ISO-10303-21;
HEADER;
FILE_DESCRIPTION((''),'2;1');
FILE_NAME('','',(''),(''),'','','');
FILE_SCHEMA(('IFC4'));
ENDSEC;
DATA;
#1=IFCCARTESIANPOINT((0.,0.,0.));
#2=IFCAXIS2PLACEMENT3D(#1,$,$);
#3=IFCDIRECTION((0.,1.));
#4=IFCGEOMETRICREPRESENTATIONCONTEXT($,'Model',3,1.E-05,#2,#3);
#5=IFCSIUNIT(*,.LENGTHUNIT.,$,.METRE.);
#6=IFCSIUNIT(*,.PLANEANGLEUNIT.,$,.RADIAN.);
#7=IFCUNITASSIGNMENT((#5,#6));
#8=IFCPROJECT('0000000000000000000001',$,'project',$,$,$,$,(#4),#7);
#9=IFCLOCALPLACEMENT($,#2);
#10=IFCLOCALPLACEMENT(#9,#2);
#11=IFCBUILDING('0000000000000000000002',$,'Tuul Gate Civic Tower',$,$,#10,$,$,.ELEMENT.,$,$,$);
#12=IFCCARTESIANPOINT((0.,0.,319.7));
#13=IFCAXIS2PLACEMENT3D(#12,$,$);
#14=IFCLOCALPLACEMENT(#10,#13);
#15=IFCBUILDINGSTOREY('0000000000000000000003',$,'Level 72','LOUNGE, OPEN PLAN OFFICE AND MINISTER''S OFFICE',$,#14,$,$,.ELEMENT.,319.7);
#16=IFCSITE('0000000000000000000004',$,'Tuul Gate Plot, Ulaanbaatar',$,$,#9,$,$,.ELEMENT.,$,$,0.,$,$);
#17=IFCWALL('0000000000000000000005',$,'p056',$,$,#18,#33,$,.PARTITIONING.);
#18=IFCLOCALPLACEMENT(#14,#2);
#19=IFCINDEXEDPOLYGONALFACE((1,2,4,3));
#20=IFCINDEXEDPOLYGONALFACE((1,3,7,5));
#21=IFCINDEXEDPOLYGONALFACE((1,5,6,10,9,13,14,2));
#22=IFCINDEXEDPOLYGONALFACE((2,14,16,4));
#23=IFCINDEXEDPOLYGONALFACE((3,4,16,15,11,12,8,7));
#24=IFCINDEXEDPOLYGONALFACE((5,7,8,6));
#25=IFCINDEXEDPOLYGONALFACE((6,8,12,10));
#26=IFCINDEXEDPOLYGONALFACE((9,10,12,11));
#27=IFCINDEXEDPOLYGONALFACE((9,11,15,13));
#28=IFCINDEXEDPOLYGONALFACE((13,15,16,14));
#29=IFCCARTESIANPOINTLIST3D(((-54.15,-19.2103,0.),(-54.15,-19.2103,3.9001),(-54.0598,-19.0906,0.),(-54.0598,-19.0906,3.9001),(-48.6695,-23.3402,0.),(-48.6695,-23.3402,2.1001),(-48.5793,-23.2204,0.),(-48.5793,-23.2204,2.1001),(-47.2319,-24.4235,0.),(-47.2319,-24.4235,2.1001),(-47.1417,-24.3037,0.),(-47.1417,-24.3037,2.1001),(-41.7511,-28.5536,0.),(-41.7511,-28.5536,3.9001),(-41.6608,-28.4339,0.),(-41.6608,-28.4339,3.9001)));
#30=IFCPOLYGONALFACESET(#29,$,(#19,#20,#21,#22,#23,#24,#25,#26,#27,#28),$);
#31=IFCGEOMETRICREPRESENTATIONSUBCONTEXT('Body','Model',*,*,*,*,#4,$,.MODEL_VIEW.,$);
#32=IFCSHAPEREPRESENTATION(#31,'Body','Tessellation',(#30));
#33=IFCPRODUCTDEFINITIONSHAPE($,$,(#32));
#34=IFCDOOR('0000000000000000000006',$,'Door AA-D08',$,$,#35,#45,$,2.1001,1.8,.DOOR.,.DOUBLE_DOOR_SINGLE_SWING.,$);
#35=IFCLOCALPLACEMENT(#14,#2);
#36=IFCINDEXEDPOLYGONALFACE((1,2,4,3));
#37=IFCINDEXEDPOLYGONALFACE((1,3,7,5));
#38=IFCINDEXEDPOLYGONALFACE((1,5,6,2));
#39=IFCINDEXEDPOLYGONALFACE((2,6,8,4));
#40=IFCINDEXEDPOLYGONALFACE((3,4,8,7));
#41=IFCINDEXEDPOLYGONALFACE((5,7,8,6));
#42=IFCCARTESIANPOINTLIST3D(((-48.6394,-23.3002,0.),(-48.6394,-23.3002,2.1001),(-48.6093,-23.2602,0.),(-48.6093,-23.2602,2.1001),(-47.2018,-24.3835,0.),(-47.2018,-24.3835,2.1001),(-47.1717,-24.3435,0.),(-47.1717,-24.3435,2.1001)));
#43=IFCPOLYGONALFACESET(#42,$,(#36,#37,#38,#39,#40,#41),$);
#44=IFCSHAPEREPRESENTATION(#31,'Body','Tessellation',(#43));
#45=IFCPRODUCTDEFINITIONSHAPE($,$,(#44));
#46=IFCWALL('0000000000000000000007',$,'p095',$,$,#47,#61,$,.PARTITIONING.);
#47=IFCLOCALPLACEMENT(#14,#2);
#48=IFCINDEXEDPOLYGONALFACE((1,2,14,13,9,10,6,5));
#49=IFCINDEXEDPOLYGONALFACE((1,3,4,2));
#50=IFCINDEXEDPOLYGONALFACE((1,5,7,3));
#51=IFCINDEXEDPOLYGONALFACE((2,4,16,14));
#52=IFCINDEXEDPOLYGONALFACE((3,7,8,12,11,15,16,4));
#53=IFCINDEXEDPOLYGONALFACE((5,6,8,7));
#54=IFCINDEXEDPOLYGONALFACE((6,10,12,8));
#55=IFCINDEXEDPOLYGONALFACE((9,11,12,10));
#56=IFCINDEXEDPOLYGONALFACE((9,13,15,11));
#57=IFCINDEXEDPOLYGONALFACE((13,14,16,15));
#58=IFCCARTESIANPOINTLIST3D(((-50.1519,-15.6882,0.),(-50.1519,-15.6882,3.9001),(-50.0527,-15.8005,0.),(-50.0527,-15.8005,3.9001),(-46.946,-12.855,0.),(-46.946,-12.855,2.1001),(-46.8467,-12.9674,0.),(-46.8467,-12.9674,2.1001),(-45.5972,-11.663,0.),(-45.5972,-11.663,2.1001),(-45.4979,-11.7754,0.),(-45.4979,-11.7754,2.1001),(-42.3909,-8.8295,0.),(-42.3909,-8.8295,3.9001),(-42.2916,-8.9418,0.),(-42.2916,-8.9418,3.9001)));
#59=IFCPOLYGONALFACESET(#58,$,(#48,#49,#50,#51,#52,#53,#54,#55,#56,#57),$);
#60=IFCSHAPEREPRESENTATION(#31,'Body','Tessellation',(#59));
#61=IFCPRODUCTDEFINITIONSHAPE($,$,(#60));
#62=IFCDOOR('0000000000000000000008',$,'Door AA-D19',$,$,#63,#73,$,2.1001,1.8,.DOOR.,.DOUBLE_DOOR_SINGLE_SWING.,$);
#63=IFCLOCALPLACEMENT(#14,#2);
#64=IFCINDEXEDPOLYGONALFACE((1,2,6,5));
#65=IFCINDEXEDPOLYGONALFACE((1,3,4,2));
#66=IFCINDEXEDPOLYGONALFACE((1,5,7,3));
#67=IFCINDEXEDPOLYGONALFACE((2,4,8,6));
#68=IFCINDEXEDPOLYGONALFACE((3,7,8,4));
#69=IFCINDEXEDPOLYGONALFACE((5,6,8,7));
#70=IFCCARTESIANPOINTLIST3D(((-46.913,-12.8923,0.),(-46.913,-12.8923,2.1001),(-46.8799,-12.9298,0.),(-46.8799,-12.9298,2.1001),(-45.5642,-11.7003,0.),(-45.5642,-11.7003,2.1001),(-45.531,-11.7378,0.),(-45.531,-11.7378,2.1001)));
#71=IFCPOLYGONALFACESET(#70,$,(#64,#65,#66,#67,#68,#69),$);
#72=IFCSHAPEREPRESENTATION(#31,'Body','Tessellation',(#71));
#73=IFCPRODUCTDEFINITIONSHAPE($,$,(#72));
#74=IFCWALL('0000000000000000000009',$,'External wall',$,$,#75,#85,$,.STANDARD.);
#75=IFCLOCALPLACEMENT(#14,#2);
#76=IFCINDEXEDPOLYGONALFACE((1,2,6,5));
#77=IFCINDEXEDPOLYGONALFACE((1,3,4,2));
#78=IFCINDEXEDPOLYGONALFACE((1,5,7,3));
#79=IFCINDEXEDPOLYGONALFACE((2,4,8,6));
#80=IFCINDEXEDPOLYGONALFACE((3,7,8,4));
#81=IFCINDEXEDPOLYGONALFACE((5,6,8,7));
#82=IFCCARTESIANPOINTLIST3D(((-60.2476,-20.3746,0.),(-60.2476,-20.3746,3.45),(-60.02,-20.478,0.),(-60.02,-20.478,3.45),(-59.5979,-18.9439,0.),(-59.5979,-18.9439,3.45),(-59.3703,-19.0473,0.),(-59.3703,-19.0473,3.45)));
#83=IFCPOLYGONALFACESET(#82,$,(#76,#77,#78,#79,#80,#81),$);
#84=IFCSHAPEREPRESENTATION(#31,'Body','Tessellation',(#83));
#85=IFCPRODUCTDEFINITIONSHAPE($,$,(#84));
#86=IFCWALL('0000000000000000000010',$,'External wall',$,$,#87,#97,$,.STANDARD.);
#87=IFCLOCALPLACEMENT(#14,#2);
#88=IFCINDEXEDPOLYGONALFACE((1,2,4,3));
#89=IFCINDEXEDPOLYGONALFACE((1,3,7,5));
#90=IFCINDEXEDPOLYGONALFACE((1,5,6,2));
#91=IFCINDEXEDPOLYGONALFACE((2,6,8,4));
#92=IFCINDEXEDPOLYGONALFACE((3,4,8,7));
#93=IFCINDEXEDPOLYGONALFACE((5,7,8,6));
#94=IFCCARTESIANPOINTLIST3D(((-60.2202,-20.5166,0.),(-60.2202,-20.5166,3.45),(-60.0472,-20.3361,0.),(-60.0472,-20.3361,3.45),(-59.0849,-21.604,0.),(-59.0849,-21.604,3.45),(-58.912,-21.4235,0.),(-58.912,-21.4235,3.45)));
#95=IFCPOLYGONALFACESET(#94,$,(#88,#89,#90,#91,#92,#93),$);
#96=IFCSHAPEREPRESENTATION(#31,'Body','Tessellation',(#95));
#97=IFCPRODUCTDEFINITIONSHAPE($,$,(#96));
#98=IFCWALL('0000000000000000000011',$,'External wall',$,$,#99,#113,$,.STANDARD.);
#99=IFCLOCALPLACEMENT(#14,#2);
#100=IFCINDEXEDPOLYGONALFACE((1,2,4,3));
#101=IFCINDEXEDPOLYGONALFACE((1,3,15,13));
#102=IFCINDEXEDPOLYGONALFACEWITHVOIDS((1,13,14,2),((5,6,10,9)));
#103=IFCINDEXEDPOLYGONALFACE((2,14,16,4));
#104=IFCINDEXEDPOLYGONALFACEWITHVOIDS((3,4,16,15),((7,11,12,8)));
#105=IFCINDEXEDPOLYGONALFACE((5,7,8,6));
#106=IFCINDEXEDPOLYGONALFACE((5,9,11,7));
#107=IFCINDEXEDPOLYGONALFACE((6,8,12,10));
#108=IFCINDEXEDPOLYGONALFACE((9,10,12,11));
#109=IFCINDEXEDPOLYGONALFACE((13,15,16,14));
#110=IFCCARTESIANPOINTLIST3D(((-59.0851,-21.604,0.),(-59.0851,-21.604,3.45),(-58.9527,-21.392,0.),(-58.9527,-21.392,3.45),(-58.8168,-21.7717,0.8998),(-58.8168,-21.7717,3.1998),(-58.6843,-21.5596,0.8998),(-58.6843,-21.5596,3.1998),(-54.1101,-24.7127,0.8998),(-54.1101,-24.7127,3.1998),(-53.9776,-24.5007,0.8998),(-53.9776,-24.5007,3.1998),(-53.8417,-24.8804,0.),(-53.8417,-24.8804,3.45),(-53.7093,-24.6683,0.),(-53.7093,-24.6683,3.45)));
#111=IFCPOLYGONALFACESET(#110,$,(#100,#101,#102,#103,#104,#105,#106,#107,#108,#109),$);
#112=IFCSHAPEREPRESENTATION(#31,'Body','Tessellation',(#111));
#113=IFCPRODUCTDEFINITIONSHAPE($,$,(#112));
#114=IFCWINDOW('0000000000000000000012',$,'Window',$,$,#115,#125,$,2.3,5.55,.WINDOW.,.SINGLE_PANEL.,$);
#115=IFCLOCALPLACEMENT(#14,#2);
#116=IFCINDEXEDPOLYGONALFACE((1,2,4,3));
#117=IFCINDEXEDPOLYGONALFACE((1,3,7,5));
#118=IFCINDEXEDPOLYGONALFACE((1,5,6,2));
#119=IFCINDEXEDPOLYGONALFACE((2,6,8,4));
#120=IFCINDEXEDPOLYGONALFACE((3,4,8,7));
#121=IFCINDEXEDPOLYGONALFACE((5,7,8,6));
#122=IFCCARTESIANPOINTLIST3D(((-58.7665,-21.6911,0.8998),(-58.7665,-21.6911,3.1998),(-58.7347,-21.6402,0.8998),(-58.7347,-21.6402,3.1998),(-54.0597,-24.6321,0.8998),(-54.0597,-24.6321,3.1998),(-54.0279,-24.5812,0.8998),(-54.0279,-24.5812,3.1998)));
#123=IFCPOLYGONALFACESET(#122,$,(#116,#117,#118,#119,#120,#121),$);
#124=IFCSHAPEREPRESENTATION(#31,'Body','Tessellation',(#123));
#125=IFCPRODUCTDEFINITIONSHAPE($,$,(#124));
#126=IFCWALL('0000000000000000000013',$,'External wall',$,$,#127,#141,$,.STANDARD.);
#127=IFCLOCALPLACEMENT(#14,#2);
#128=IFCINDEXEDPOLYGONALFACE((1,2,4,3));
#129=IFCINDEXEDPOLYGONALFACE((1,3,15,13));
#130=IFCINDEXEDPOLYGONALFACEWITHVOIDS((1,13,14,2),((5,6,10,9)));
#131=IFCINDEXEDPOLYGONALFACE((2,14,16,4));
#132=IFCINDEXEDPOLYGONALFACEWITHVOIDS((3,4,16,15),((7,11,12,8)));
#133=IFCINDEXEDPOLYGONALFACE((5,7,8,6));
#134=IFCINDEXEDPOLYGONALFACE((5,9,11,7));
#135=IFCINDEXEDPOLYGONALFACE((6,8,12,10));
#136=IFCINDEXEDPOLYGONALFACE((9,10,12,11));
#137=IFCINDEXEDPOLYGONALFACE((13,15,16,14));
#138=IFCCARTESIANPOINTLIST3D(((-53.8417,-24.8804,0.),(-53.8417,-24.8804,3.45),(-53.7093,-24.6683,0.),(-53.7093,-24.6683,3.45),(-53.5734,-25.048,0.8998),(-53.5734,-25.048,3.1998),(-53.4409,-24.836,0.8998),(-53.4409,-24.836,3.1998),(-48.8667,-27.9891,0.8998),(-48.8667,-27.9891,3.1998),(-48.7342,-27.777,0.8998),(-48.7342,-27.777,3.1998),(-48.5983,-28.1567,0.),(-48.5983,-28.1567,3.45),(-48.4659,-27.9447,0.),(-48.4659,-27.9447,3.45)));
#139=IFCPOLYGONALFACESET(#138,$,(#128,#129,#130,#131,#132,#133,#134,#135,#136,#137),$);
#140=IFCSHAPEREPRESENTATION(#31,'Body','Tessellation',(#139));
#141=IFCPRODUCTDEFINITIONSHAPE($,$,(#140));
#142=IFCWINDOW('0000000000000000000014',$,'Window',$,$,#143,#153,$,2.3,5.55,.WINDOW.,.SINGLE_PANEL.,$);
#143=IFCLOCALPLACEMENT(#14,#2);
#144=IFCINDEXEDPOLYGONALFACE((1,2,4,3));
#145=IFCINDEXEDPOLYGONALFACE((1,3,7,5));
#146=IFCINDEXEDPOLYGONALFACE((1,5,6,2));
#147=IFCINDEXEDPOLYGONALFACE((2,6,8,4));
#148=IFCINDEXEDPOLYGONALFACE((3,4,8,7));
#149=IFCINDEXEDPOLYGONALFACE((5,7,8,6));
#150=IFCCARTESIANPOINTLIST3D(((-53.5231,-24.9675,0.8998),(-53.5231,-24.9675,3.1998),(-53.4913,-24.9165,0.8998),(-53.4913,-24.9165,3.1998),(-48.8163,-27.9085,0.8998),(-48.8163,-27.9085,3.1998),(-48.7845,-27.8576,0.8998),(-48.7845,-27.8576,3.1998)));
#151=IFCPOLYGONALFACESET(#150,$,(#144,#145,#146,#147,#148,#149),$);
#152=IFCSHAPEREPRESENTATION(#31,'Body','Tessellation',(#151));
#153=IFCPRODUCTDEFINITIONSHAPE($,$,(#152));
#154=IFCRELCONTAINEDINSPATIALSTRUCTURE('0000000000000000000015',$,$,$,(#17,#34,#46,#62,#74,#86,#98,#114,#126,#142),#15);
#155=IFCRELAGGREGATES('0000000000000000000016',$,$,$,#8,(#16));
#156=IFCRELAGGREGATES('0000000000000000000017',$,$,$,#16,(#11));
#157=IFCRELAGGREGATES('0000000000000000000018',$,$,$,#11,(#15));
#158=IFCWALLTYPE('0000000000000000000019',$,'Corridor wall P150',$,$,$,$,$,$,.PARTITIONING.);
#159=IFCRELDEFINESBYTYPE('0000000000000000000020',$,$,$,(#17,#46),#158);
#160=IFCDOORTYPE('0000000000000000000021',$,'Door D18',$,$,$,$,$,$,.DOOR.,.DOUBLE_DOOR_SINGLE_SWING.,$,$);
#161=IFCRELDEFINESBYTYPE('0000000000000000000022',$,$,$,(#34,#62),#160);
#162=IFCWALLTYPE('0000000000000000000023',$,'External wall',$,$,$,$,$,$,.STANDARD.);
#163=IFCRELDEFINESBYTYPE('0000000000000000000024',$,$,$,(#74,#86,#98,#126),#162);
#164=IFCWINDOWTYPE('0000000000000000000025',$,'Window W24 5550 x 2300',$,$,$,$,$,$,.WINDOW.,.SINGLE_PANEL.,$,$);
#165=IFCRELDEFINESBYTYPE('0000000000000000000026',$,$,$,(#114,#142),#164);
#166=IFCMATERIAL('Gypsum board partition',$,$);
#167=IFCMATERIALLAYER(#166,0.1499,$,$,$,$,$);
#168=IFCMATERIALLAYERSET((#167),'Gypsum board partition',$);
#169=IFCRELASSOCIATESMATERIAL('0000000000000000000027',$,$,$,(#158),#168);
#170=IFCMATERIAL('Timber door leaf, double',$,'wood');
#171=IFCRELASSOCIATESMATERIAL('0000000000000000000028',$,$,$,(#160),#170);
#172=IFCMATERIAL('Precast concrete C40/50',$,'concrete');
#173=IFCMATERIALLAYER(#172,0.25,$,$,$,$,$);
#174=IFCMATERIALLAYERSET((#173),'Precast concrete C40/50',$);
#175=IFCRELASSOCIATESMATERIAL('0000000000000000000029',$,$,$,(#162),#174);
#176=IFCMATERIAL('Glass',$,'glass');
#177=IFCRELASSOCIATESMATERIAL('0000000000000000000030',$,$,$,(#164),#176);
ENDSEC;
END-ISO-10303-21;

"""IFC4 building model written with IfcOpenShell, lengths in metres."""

from ifc_helpers import new_model, si_unit, direction, frame, frame_2d, origin, place, context, subcontext, project, spatial, rectangle, extrude, material, layer, layer_set, type_object, element, fill, save


model = new_model("IFC4")

# Units and contexts
model_context = context("Model", 3, precision=1e-05, world=origin(), true_north=direction((0.0, 1.0)))
body_context = subcontext(model_context, "Body", "Model", "MODEL_VIEW")
ifc_project = project(units=[si_unit("LENGTHUNIT", "METRE"), si_unit("PLANEANGLEUNIT", "RADIAN")], contexts=[model_context])

# Site, building, storey
site_placement = place(None, origin())
site = spatial("IfcSite", under=ifc_project, at=site_placement, Name="Tuul Gate Plot, Ulaanbaatar", CompositionType="ELEMENT", RefElevation=0.0)
building_placement = place(site_placement, origin())
building = spatial("IfcBuilding", under=site, at=building_placement, Name="Tuul Gate Civic Tower", CompositionType="ELEMENT")
storey_placement = place(building_placement, frame((0.0, 0.0, 319.7)))
storey = spatial("IfcBuildingStorey", under=building, at=storey_placement, Name="Level 72", Description="LOUNGE, OPEN PLAN OFFICE AND MINISTER'S OFFICE", CompositionType="ELEMENT", Elevation=319.7)

# Shared definitions
ifc_material_1 = material(Name="Gypsum board partition")
ifc_layer_1 = layer(ifc_material_1, 0.1499)
ifc_layer_set_1 = layer_set([ifc_layer_1], Name="Gypsum board partition")
wall_type_1 = type_object("IfcWallType", Name="Corridor wall P150", PredefinedType="PARTITIONING", material=ifc_layer_set_1)

# Walls, openings, doors
wall_1_placement = place(storey_placement, frame((-54.105, -19.1504, 0.0), z_axis=(0.0, 0.0, 1.0), x_axis=(0.798635, -0.601815, 0.0)))
wall_1 = element("IfcWall", 1, at=wall_1_placement, inside=storey, type_object=wall_type_1, Name="p056", PredefinedType="PARTITIONING", context=body_context, shape_type="SweptSolid", body=[
    extrude(rectangle(XDim=15.5251, YDim=0.1499, at=frame_2d((7.7627, 0.0))), origin(), (0.0, 0.0, 1.0), 3.9001),
])
opening_1_placement = place(wall_1_placement, frame((6.8625, 0.0, 0.0)))
opening_1 = element("IfcOpeningElement", 2, at=opening_1_placement, cuts=wall_1, PredefinedType="OPENING", context=body_context, shape_type="SweptSolid", body=[
    extrude(rectangle(XDim=1.8, YDim=2.1001, at=frame_2d((0.8999, 1.05))), frame((0.0, 0.085, 0.0), z_axis=(0.0, -1.0, 0.0), x_axis=(1.0, 0.0, 0.0)), (0.0, 0.0, 1.0), 0.1699),
])
ifc_material_2 = material(Name="Timber door leaf, double", Category="wood")
door_type_1 = type_object("IfcDoorType", Name="Door D18", OperationType="DOUBLE_DOOR_SINGLE_SWING", PredefinedType="DOOR", material=ifc_material_2)
door_1_placement = place(opening_1_placement, frame((1.8, 0.0, 0.0), z_axis=(0.0, 0.0, 1.0), x_axis=(-1.0, 0.0, 0.0)))
door_1 = element("IfcDoor", 3, at=door_1_placement, inside=storey, type_object=door_type_1, Name="Door AA-D08", OperationType="DOUBLE_DOOR_SINGLE_SWING", OverallHeight=2.1001, OverallWidth=1.8, PredefinedType="DOOR", context=body_context, shape_type="SweptSolid", body=[
    extrude(rectangle(XDim=1.8, YDim=2.1001, at=frame_2d((0.9001, 1.05))), frame((0.0, 0.0249, 0.0), z_axis=(0.0, -1.0, 0.0), x_axis=(1.0, 0.0, 0.0)), (0.0, 0.0, 1.0), 0.05),
])
fill(opening_1, door_1)
wall_2_placement = place(storey_placement, frame((-50.1023, -15.7444, 0.0), z_axis=(0.0, 0.0, 1.0), x_axis=(0.749324, 0.662203, 0.0)))
wall_2 = element("IfcWall", 4, at=wall_2_placement, inside=storey, type_object=wall_type_1, Name="p095", PredefinedType="PARTITIONING", context=body_context, shape_type="SweptSolid", body=[
    extrude(rectangle(XDim=10.3574, YDim=0.1499, at=frame_2d((5.1787, 0.0))), origin(), (0.0, 0.0, 1.0), 3.9001),
])
opening_2_placement = place(wall_2_placement, frame((4.2786, 0.0, 0.0)))
opening_2 = element("IfcOpeningElement", 5, at=opening_2_placement, cuts=wall_2, PredefinedType="OPENING", context=body_context, shape_type="SweptSolid", body=[
    extrude(rectangle(XDim=1.8, YDim=2.1001, at=frame_2d((0.8999, 1.05))), frame((0.0, 0.085, 0.0), z_axis=(0.0, -1.0, 0.0), x_axis=(1.0, 0.0, 0.0)), (0.0, 0.0, 1.0), 0.1699),
])
door_2_placement = place(opening_2_placement, frame((1.8, 0.0, 0.0), z_axis=(0.0, 0.0, 1.0), x_axis=(-1.0, 0.0, 0.0)))
door_2 = element("IfcDoor", 6, at=door_2_placement, inside=storey, type_object=door_type_1, Name="Door AA-D19", OperationType="DOUBLE_DOOR_SINGLE_SWING", OverallHeight=2.1001, OverallWidth=1.8, PredefinedType="DOOR", context=body_context, shape_type="SweptSolid", body=[
    extrude(rectangle(XDim=1.8, YDim=2.1001, at=frame_2d((0.9001, 1.05))), frame((0.0, 0.0249, 0.0), z_axis=(0.0, -1.0, 0.0), x_axis=(1.0, 0.0, 0.0)), (0.0, 0.0, 1.0), 0.05),
])
fill(opening_2, door_2)

# Walls
ifc_material_3 = material(Name="Precast concrete C40/50", Category="concrete")
ifc_layer_2 = layer(ifc_material_3, 0.25)
ifc_layer_set_2 = layer_set([ifc_layer_2], Name="Precast concrete C40/50")
wall_type_2 = type_object("IfcWallType", Name="External wall", PredefinedType="STANDARD", material=ifc_layer_set_2)
wall_3_placement = place(storey_placement, frame((-59.4841, -18.9956, 0.0), z_axis=(0.0, 0.0, 1.0), x_axis=(-0.413463, -0.910521, 0.0)))
element("IfcWall", 7, at=wall_3_placement, inside=storey, type_object=wall_type_2, Name="External wall", PredefinedType="STANDARD", context=body_context, shape_type="SweptSolid", body=[
    extrude(rectangle(XDim=1.5713, YDim=0.25, at=frame_2d((0.7856, 0.0))), origin(), (0.0, 0.0, 1.0), 3.45),
])
wall_4_placement = place(storey_placement, frame((-60.1338, -20.4263, 0.0), z_axis=(0.0, 0.0, 1.0), x_axis=(0.722163, -0.691723, 0.0)))
element("IfcWall", 8, at=wall_4_placement, inside=storey, type_object=wall_type_2, Name="External wall", PredefinedType="STANDARD", context=body_context, shape_type="SweptSolid", body=[
    extrude(rectangle(XDim=1.572, YDim=0.25, at=frame_2d((0.7861, 0.0))), origin(), (0.0, 0.0, 1.0), 3.45),
])

# Walls, openings, windows
wall_5_placement = place(storey_placement, frame((-59.0188, -21.498, 0.0), z_axis=(0.0, 0.0, 1.0), x_axis=(0.848054, -0.52991, 0.0)))
wall_5 = element("IfcWall", 9, at=wall_5_placement, inside=storey, type_object=wall_type_2, Name="External wall", PredefinedType="STANDARD", context=body_context, shape_type="SweptSolid", body=[
    extrude(rectangle(XDim=6.1829, YDim=0.25, at=frame_2d((3.0913, 0.0))), origin(), (0.0, 0.0, 1.0), 3.45),
])
opening_3_placement = place(wall_5_placement, frame((0.3164, 0.0, 0.8999)))
opening_3 = element("IfcOpeningElement", 10, at=opening_3_placement, cuts=wall_5, PredefinedType="OPENING", context=body_context, shape_type="SweptSolid", body=[
    extrude(rectangle(XDim=5.55, YDim=2.3, at=frame_2d((2.7749, 1.1499))), frame((0.0, 0.135, 0.0), z_axis=(0.0, -1.0, 0.0), x_axis=(1.0, 0.0, 0.0)), (0.0, 0.0, 1.0), 0.27),
])
ifc_material_4 = material(Name="Glass", Category="glass")
window_type = type_object("IfcWindowType", Name="Window W24 5550 x 2300", PartitioningType="SINGLE_PANEL", PredefinedType="WINDOW", material=ifc_material_4)
window_1_placement = place(opening_3_placement, origin())
window_1 = element("IfcWindow", 11, at=window_1_placement, inside=storey, type_object=window_type, Name="Window", OverallHeight=2.3, OverallWidth=5.55, PartitioningType="SINGLE_PANEL", PredefinedType="WINDOW", context=body_context, shape_type="SweptSolid", body=[
    extrude(rectangle(XDim=5.55, YDim=2.3, at=frame_2d((2.7749, 1.1499))), frame((0.0, 0.03, 0.0), z_axis=(0.0, -1.0, 0.0), x_axis=(1.0, 0.0, 0.0)), (0.0, 0.0, 1.0), 0.0601),
])
fill(opening_3, window_1)
wall_6_placement = place(storey_placement, frame((-53.7754, -24.7744, 0.0), z_axis=(0.0, 0.0, 1.0), x_axis=(0.848054, -0.52991, 0.0)))
wall_6 = element("IfcWall", 12, at=wall_6_placement, inside=storey, type_object=wall_type_2, Name="External wall", PredefinedType="STANDARD", context=body_context, shape_type="SweptSolid", body=[
    extrude(rectangle(XDim=6.1829, YDim=0.25, at=frame_2d((3.0913, 0.0))), origin(), (0.0, 0.0, 1.0), 3.45),
])
opening_4_placement = place(wall_6_placement, frame((0.3164, 0.0, 0.8999)))
opening_4 = element("IfcOpeningElement", 13, at=opening_4_placement, cuts=wall_6, PredefinedType="OPENING", context=body_context, shape_type="SweptSolid", body=[
    extrude(rectangle(XDim=5.55, YDim=2.3, at=frame_2d((2.7749, 1.1499))), frame((0.0, 0.135, 0.0), z_axis=(0.0, -1.0, 0.0), x_axis=(1.0, 0.0, 0.0)), (0.0, 0.0, 1.0), 0.27),
])
window_2_placement = place(opening_4_placement, origin())
window_2 = element("IfcWindow", 14, at=window_2_placement, inside=storey, type_object=window_type, Name="Window", OverallHeight=2.3, OverallWidth=5.55, PartitioningType="SINGLE_PANEL", PredefinedType="WINDOW", context=body_context, shape_type="SweptSolid", body=[
    extrude(rectangle(XDim=5.55, YDim=2.3, at=frame_2d((2.7749, 1.1499))), frame((0.0, 0.03, 0.0), z_axis=(0.0, -1.0, 0.0), x_axis=(1.0, 0.0, 0.0)), (0.0, 0.0, 1.0), 0.0601),
])
fill(opening_4, window_2)

save(model, "model.ifc")
